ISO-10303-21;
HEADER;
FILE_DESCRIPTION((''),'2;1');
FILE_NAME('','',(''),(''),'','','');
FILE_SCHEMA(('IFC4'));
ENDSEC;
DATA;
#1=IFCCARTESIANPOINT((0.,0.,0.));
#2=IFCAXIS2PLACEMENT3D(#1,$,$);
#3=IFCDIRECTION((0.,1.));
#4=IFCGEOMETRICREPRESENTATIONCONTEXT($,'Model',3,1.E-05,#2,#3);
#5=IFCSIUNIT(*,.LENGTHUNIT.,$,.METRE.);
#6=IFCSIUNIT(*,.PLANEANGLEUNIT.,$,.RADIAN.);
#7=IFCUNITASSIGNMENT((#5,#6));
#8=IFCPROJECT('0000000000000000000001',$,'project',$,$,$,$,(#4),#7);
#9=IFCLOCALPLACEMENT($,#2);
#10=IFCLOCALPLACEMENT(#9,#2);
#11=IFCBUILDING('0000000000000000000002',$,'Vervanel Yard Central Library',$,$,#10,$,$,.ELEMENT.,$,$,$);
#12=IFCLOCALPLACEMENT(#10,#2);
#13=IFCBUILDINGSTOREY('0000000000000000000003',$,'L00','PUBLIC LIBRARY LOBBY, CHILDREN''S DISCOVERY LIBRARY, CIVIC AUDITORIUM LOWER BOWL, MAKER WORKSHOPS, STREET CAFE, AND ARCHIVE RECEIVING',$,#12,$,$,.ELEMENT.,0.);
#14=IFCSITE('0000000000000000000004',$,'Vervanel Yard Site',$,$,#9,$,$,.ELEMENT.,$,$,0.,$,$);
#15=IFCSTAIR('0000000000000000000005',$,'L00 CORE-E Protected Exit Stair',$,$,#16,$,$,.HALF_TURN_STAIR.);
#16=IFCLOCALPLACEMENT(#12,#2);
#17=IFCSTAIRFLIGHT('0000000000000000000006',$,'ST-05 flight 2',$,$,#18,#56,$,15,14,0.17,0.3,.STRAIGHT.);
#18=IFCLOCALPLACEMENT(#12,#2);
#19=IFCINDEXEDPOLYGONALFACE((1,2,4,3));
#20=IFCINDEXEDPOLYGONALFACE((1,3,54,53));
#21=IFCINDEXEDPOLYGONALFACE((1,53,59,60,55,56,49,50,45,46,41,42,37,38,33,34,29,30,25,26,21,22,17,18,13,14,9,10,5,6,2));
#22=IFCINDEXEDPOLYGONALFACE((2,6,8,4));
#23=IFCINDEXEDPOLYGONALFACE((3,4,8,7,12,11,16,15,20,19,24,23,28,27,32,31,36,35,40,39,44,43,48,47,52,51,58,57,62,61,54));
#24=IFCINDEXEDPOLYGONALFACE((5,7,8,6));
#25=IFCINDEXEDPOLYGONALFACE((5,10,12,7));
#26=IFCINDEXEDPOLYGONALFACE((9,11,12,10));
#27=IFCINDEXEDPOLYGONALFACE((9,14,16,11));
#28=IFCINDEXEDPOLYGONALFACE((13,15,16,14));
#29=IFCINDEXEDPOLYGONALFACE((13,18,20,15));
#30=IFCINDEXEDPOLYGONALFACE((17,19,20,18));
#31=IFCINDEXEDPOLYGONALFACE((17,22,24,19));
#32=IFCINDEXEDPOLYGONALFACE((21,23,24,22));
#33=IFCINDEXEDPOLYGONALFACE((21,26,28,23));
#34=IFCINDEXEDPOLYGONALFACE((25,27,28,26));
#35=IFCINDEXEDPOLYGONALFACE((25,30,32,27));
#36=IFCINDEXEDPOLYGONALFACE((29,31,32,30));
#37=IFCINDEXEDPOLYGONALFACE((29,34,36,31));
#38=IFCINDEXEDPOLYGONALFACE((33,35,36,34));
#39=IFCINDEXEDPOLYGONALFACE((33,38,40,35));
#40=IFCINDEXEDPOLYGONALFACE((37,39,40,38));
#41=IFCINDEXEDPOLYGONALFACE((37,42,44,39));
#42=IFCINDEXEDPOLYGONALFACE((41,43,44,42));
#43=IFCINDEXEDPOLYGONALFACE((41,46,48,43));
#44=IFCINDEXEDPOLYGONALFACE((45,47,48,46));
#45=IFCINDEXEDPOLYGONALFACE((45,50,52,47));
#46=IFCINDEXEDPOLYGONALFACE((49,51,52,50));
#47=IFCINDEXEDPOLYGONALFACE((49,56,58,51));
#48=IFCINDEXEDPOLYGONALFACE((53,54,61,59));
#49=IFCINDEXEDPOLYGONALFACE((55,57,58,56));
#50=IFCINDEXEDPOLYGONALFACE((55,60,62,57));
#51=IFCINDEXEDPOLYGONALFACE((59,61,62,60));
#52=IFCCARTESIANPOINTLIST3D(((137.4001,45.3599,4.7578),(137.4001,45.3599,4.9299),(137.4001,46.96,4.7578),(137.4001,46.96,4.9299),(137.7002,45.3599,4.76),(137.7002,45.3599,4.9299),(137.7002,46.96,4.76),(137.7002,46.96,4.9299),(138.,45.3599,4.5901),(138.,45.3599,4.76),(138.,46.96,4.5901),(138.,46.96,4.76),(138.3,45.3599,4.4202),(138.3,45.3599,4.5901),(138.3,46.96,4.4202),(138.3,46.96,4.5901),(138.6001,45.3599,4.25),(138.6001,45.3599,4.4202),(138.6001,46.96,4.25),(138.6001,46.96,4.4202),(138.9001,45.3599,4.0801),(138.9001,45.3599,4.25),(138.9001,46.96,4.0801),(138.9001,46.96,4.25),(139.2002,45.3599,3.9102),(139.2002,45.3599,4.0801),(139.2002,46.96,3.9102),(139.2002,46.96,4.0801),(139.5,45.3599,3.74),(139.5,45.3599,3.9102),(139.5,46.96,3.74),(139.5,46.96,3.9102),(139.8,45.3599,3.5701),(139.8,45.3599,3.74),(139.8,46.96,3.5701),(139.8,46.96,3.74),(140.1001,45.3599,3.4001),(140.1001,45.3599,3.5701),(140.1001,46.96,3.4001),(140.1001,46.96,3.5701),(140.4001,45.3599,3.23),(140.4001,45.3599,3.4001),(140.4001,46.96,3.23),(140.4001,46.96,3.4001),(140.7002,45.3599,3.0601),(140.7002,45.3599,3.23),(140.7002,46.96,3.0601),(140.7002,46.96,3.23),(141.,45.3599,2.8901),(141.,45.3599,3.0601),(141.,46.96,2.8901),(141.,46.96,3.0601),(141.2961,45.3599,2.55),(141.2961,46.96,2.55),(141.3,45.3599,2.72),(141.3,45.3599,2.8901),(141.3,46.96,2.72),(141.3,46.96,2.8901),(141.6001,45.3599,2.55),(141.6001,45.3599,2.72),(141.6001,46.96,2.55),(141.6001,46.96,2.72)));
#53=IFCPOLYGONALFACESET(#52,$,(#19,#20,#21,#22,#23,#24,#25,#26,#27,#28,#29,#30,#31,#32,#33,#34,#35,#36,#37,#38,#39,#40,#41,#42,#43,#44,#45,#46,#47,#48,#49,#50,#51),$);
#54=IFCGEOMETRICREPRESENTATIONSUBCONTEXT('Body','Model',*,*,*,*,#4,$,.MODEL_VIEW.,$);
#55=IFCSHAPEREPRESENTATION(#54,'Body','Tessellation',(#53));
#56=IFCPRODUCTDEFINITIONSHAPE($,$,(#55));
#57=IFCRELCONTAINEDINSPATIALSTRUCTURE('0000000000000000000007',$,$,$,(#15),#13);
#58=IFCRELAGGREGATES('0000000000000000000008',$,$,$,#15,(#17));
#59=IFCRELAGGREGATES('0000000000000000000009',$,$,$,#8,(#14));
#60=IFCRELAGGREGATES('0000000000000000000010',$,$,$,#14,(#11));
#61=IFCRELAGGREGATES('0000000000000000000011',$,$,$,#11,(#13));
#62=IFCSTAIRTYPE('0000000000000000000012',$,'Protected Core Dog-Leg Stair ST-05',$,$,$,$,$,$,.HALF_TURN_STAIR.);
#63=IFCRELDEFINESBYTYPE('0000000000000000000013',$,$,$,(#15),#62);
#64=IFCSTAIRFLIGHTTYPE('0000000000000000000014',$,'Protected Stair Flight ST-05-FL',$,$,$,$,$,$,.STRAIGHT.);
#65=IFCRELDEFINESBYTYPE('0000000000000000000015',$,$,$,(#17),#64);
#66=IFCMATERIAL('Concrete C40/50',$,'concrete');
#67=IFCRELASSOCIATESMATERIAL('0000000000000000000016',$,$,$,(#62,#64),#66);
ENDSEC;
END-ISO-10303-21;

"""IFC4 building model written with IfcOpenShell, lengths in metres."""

from ifc_helpers import new_model, si_unit, direction, frame, origin, place, context, subcontext, project, spatial, polyline, outline, extrude, material, type_object, element, aggregate, save


model = new_model("IFC4")

# Units and contexts
model_context = context("Model", 3, precision=1e-05, world=origin(), true_north=direction((0.0, 1.0)))
body_context = subcontext(model_context, "Body", "Model", "MODEL_VIEW")
ifc_project = project(units=[si_unit("LENGTHUNIT", "METRE"), si_unit("PLANEANGLEUNIT", "RADIAN")], contexts=[model_context])

# Site, building, storey
site_placement = place(None, origin())
site = spatial("IfcSite", under=ifc_project, at=site_placement, Name="Vervanel Yard Site", CompositionType="ELEMENT", RefElevation=0.0)
building_placement = place(site_placement, origin())
building = spatial("IfcBuilding", under=site, at=building_placement, Name="Vervanel Yard Central Library", CompositionType="ELEMENT")
storey_placement = place(building_placement, origin())
storey = spatial("IfcBuildingStorey", under=building, at=storey_placement, Name="L00", Description="PUBLIC LIBRARY LOBBY, CHILDREN'S DISCOVERY LIBRARY, CIVIC AUDITORIUM LOWER BOWL, MAKER WORKSHOPS, STREET CAFE, AND ARCHIVE RECEIVING", CompositionType="ELEMENT", Elevation=0.0)

# Shared definitions
ifc_material_1 = material(Name="Concrete C40/50", Category="concrete")

# Stair, stair flight
stair_type_1 = type_object("IfcStairType", Name="Protected Core Dog-Leg Stair ST-05", PredefinedType="HALF_TURN_STAIR", material=ifc_material_1)
stair_1_placement = place(storey_placement, origin())
stair_1 = element("IfcStair", 1, at=stair_1_placement, inside=storey, type_object=stair_type_1, Name="L00 CORE-E Protected Exit Stair", PredefinedType="HALF_TURN_STAIR")
stair_flight_type_1 = type_object("IfcStairFlightType", Name="Protected Stair Flight ST-05-FL", PredefinedType="STRAIGHT", material=ifc_material_1)
stair_flight_1_placement = place(storey_placement, frame((141.6001, 46.1599, 2.55), z_axis=(0.0, 0.0, 1.0), x_axis=(-1.0, 0.0, 0.0)))
stair_flight_1 = element("IfcStairFlight", 2, at=stair_flight_1_placement, type_object=stair_flight_type_1, Name="ST-05 flight 2", NumberOfRisers=15, NumberOfTreads=14, PredefinedType="STRAIGHT", RiserHeight=0.17, TreadLength=0.3, context=body_context, shape_type="SweptSolid", body=[
    extrude(outline(polyline([(0.0, 0.0), (0.0, 0.1699), (0.3, 0.1699), (0.3, 0.3401), (0.6001, 0.3401), (0.6001, 0.51), (0.8999, 0.51), (0.8999, 0.6799), (1.2, 0.6799), (1.2, 0.8501), (1.5, 0.8501), (1.5, 1.02), (1.8, 1.02), (1.8, 1.1899), (2.1001, 1.1899), (2.1001, 1.3601), (2.3999, 1.3601), (2.3999, 1.53), (2.7, 1.53), (2.7, 1.7), (3.0, 1.7), (3.0, 1.8701), (3.3, 1.8701), (3.3, 2.04), (3.6001, 2.04), (3.6001, 2.21), (3.8999, 2.21), (3.8999, 2.3799), (4.2, 2.3799), (4.2, 2.55), (4.2, 2.2078), (0.304, 0.0), (0.0, 0.0)])), frame((0.0, 0.8, 0.0), z_axis=(0.0, -1.0, 0.0), x_axis=(1.0, 0.0, 0.0)), (0.0, 0.0, 1.0), 1.6001),
])
aggregate(stair_1, [stair_flight_1])

save(model, "model.ifc")
